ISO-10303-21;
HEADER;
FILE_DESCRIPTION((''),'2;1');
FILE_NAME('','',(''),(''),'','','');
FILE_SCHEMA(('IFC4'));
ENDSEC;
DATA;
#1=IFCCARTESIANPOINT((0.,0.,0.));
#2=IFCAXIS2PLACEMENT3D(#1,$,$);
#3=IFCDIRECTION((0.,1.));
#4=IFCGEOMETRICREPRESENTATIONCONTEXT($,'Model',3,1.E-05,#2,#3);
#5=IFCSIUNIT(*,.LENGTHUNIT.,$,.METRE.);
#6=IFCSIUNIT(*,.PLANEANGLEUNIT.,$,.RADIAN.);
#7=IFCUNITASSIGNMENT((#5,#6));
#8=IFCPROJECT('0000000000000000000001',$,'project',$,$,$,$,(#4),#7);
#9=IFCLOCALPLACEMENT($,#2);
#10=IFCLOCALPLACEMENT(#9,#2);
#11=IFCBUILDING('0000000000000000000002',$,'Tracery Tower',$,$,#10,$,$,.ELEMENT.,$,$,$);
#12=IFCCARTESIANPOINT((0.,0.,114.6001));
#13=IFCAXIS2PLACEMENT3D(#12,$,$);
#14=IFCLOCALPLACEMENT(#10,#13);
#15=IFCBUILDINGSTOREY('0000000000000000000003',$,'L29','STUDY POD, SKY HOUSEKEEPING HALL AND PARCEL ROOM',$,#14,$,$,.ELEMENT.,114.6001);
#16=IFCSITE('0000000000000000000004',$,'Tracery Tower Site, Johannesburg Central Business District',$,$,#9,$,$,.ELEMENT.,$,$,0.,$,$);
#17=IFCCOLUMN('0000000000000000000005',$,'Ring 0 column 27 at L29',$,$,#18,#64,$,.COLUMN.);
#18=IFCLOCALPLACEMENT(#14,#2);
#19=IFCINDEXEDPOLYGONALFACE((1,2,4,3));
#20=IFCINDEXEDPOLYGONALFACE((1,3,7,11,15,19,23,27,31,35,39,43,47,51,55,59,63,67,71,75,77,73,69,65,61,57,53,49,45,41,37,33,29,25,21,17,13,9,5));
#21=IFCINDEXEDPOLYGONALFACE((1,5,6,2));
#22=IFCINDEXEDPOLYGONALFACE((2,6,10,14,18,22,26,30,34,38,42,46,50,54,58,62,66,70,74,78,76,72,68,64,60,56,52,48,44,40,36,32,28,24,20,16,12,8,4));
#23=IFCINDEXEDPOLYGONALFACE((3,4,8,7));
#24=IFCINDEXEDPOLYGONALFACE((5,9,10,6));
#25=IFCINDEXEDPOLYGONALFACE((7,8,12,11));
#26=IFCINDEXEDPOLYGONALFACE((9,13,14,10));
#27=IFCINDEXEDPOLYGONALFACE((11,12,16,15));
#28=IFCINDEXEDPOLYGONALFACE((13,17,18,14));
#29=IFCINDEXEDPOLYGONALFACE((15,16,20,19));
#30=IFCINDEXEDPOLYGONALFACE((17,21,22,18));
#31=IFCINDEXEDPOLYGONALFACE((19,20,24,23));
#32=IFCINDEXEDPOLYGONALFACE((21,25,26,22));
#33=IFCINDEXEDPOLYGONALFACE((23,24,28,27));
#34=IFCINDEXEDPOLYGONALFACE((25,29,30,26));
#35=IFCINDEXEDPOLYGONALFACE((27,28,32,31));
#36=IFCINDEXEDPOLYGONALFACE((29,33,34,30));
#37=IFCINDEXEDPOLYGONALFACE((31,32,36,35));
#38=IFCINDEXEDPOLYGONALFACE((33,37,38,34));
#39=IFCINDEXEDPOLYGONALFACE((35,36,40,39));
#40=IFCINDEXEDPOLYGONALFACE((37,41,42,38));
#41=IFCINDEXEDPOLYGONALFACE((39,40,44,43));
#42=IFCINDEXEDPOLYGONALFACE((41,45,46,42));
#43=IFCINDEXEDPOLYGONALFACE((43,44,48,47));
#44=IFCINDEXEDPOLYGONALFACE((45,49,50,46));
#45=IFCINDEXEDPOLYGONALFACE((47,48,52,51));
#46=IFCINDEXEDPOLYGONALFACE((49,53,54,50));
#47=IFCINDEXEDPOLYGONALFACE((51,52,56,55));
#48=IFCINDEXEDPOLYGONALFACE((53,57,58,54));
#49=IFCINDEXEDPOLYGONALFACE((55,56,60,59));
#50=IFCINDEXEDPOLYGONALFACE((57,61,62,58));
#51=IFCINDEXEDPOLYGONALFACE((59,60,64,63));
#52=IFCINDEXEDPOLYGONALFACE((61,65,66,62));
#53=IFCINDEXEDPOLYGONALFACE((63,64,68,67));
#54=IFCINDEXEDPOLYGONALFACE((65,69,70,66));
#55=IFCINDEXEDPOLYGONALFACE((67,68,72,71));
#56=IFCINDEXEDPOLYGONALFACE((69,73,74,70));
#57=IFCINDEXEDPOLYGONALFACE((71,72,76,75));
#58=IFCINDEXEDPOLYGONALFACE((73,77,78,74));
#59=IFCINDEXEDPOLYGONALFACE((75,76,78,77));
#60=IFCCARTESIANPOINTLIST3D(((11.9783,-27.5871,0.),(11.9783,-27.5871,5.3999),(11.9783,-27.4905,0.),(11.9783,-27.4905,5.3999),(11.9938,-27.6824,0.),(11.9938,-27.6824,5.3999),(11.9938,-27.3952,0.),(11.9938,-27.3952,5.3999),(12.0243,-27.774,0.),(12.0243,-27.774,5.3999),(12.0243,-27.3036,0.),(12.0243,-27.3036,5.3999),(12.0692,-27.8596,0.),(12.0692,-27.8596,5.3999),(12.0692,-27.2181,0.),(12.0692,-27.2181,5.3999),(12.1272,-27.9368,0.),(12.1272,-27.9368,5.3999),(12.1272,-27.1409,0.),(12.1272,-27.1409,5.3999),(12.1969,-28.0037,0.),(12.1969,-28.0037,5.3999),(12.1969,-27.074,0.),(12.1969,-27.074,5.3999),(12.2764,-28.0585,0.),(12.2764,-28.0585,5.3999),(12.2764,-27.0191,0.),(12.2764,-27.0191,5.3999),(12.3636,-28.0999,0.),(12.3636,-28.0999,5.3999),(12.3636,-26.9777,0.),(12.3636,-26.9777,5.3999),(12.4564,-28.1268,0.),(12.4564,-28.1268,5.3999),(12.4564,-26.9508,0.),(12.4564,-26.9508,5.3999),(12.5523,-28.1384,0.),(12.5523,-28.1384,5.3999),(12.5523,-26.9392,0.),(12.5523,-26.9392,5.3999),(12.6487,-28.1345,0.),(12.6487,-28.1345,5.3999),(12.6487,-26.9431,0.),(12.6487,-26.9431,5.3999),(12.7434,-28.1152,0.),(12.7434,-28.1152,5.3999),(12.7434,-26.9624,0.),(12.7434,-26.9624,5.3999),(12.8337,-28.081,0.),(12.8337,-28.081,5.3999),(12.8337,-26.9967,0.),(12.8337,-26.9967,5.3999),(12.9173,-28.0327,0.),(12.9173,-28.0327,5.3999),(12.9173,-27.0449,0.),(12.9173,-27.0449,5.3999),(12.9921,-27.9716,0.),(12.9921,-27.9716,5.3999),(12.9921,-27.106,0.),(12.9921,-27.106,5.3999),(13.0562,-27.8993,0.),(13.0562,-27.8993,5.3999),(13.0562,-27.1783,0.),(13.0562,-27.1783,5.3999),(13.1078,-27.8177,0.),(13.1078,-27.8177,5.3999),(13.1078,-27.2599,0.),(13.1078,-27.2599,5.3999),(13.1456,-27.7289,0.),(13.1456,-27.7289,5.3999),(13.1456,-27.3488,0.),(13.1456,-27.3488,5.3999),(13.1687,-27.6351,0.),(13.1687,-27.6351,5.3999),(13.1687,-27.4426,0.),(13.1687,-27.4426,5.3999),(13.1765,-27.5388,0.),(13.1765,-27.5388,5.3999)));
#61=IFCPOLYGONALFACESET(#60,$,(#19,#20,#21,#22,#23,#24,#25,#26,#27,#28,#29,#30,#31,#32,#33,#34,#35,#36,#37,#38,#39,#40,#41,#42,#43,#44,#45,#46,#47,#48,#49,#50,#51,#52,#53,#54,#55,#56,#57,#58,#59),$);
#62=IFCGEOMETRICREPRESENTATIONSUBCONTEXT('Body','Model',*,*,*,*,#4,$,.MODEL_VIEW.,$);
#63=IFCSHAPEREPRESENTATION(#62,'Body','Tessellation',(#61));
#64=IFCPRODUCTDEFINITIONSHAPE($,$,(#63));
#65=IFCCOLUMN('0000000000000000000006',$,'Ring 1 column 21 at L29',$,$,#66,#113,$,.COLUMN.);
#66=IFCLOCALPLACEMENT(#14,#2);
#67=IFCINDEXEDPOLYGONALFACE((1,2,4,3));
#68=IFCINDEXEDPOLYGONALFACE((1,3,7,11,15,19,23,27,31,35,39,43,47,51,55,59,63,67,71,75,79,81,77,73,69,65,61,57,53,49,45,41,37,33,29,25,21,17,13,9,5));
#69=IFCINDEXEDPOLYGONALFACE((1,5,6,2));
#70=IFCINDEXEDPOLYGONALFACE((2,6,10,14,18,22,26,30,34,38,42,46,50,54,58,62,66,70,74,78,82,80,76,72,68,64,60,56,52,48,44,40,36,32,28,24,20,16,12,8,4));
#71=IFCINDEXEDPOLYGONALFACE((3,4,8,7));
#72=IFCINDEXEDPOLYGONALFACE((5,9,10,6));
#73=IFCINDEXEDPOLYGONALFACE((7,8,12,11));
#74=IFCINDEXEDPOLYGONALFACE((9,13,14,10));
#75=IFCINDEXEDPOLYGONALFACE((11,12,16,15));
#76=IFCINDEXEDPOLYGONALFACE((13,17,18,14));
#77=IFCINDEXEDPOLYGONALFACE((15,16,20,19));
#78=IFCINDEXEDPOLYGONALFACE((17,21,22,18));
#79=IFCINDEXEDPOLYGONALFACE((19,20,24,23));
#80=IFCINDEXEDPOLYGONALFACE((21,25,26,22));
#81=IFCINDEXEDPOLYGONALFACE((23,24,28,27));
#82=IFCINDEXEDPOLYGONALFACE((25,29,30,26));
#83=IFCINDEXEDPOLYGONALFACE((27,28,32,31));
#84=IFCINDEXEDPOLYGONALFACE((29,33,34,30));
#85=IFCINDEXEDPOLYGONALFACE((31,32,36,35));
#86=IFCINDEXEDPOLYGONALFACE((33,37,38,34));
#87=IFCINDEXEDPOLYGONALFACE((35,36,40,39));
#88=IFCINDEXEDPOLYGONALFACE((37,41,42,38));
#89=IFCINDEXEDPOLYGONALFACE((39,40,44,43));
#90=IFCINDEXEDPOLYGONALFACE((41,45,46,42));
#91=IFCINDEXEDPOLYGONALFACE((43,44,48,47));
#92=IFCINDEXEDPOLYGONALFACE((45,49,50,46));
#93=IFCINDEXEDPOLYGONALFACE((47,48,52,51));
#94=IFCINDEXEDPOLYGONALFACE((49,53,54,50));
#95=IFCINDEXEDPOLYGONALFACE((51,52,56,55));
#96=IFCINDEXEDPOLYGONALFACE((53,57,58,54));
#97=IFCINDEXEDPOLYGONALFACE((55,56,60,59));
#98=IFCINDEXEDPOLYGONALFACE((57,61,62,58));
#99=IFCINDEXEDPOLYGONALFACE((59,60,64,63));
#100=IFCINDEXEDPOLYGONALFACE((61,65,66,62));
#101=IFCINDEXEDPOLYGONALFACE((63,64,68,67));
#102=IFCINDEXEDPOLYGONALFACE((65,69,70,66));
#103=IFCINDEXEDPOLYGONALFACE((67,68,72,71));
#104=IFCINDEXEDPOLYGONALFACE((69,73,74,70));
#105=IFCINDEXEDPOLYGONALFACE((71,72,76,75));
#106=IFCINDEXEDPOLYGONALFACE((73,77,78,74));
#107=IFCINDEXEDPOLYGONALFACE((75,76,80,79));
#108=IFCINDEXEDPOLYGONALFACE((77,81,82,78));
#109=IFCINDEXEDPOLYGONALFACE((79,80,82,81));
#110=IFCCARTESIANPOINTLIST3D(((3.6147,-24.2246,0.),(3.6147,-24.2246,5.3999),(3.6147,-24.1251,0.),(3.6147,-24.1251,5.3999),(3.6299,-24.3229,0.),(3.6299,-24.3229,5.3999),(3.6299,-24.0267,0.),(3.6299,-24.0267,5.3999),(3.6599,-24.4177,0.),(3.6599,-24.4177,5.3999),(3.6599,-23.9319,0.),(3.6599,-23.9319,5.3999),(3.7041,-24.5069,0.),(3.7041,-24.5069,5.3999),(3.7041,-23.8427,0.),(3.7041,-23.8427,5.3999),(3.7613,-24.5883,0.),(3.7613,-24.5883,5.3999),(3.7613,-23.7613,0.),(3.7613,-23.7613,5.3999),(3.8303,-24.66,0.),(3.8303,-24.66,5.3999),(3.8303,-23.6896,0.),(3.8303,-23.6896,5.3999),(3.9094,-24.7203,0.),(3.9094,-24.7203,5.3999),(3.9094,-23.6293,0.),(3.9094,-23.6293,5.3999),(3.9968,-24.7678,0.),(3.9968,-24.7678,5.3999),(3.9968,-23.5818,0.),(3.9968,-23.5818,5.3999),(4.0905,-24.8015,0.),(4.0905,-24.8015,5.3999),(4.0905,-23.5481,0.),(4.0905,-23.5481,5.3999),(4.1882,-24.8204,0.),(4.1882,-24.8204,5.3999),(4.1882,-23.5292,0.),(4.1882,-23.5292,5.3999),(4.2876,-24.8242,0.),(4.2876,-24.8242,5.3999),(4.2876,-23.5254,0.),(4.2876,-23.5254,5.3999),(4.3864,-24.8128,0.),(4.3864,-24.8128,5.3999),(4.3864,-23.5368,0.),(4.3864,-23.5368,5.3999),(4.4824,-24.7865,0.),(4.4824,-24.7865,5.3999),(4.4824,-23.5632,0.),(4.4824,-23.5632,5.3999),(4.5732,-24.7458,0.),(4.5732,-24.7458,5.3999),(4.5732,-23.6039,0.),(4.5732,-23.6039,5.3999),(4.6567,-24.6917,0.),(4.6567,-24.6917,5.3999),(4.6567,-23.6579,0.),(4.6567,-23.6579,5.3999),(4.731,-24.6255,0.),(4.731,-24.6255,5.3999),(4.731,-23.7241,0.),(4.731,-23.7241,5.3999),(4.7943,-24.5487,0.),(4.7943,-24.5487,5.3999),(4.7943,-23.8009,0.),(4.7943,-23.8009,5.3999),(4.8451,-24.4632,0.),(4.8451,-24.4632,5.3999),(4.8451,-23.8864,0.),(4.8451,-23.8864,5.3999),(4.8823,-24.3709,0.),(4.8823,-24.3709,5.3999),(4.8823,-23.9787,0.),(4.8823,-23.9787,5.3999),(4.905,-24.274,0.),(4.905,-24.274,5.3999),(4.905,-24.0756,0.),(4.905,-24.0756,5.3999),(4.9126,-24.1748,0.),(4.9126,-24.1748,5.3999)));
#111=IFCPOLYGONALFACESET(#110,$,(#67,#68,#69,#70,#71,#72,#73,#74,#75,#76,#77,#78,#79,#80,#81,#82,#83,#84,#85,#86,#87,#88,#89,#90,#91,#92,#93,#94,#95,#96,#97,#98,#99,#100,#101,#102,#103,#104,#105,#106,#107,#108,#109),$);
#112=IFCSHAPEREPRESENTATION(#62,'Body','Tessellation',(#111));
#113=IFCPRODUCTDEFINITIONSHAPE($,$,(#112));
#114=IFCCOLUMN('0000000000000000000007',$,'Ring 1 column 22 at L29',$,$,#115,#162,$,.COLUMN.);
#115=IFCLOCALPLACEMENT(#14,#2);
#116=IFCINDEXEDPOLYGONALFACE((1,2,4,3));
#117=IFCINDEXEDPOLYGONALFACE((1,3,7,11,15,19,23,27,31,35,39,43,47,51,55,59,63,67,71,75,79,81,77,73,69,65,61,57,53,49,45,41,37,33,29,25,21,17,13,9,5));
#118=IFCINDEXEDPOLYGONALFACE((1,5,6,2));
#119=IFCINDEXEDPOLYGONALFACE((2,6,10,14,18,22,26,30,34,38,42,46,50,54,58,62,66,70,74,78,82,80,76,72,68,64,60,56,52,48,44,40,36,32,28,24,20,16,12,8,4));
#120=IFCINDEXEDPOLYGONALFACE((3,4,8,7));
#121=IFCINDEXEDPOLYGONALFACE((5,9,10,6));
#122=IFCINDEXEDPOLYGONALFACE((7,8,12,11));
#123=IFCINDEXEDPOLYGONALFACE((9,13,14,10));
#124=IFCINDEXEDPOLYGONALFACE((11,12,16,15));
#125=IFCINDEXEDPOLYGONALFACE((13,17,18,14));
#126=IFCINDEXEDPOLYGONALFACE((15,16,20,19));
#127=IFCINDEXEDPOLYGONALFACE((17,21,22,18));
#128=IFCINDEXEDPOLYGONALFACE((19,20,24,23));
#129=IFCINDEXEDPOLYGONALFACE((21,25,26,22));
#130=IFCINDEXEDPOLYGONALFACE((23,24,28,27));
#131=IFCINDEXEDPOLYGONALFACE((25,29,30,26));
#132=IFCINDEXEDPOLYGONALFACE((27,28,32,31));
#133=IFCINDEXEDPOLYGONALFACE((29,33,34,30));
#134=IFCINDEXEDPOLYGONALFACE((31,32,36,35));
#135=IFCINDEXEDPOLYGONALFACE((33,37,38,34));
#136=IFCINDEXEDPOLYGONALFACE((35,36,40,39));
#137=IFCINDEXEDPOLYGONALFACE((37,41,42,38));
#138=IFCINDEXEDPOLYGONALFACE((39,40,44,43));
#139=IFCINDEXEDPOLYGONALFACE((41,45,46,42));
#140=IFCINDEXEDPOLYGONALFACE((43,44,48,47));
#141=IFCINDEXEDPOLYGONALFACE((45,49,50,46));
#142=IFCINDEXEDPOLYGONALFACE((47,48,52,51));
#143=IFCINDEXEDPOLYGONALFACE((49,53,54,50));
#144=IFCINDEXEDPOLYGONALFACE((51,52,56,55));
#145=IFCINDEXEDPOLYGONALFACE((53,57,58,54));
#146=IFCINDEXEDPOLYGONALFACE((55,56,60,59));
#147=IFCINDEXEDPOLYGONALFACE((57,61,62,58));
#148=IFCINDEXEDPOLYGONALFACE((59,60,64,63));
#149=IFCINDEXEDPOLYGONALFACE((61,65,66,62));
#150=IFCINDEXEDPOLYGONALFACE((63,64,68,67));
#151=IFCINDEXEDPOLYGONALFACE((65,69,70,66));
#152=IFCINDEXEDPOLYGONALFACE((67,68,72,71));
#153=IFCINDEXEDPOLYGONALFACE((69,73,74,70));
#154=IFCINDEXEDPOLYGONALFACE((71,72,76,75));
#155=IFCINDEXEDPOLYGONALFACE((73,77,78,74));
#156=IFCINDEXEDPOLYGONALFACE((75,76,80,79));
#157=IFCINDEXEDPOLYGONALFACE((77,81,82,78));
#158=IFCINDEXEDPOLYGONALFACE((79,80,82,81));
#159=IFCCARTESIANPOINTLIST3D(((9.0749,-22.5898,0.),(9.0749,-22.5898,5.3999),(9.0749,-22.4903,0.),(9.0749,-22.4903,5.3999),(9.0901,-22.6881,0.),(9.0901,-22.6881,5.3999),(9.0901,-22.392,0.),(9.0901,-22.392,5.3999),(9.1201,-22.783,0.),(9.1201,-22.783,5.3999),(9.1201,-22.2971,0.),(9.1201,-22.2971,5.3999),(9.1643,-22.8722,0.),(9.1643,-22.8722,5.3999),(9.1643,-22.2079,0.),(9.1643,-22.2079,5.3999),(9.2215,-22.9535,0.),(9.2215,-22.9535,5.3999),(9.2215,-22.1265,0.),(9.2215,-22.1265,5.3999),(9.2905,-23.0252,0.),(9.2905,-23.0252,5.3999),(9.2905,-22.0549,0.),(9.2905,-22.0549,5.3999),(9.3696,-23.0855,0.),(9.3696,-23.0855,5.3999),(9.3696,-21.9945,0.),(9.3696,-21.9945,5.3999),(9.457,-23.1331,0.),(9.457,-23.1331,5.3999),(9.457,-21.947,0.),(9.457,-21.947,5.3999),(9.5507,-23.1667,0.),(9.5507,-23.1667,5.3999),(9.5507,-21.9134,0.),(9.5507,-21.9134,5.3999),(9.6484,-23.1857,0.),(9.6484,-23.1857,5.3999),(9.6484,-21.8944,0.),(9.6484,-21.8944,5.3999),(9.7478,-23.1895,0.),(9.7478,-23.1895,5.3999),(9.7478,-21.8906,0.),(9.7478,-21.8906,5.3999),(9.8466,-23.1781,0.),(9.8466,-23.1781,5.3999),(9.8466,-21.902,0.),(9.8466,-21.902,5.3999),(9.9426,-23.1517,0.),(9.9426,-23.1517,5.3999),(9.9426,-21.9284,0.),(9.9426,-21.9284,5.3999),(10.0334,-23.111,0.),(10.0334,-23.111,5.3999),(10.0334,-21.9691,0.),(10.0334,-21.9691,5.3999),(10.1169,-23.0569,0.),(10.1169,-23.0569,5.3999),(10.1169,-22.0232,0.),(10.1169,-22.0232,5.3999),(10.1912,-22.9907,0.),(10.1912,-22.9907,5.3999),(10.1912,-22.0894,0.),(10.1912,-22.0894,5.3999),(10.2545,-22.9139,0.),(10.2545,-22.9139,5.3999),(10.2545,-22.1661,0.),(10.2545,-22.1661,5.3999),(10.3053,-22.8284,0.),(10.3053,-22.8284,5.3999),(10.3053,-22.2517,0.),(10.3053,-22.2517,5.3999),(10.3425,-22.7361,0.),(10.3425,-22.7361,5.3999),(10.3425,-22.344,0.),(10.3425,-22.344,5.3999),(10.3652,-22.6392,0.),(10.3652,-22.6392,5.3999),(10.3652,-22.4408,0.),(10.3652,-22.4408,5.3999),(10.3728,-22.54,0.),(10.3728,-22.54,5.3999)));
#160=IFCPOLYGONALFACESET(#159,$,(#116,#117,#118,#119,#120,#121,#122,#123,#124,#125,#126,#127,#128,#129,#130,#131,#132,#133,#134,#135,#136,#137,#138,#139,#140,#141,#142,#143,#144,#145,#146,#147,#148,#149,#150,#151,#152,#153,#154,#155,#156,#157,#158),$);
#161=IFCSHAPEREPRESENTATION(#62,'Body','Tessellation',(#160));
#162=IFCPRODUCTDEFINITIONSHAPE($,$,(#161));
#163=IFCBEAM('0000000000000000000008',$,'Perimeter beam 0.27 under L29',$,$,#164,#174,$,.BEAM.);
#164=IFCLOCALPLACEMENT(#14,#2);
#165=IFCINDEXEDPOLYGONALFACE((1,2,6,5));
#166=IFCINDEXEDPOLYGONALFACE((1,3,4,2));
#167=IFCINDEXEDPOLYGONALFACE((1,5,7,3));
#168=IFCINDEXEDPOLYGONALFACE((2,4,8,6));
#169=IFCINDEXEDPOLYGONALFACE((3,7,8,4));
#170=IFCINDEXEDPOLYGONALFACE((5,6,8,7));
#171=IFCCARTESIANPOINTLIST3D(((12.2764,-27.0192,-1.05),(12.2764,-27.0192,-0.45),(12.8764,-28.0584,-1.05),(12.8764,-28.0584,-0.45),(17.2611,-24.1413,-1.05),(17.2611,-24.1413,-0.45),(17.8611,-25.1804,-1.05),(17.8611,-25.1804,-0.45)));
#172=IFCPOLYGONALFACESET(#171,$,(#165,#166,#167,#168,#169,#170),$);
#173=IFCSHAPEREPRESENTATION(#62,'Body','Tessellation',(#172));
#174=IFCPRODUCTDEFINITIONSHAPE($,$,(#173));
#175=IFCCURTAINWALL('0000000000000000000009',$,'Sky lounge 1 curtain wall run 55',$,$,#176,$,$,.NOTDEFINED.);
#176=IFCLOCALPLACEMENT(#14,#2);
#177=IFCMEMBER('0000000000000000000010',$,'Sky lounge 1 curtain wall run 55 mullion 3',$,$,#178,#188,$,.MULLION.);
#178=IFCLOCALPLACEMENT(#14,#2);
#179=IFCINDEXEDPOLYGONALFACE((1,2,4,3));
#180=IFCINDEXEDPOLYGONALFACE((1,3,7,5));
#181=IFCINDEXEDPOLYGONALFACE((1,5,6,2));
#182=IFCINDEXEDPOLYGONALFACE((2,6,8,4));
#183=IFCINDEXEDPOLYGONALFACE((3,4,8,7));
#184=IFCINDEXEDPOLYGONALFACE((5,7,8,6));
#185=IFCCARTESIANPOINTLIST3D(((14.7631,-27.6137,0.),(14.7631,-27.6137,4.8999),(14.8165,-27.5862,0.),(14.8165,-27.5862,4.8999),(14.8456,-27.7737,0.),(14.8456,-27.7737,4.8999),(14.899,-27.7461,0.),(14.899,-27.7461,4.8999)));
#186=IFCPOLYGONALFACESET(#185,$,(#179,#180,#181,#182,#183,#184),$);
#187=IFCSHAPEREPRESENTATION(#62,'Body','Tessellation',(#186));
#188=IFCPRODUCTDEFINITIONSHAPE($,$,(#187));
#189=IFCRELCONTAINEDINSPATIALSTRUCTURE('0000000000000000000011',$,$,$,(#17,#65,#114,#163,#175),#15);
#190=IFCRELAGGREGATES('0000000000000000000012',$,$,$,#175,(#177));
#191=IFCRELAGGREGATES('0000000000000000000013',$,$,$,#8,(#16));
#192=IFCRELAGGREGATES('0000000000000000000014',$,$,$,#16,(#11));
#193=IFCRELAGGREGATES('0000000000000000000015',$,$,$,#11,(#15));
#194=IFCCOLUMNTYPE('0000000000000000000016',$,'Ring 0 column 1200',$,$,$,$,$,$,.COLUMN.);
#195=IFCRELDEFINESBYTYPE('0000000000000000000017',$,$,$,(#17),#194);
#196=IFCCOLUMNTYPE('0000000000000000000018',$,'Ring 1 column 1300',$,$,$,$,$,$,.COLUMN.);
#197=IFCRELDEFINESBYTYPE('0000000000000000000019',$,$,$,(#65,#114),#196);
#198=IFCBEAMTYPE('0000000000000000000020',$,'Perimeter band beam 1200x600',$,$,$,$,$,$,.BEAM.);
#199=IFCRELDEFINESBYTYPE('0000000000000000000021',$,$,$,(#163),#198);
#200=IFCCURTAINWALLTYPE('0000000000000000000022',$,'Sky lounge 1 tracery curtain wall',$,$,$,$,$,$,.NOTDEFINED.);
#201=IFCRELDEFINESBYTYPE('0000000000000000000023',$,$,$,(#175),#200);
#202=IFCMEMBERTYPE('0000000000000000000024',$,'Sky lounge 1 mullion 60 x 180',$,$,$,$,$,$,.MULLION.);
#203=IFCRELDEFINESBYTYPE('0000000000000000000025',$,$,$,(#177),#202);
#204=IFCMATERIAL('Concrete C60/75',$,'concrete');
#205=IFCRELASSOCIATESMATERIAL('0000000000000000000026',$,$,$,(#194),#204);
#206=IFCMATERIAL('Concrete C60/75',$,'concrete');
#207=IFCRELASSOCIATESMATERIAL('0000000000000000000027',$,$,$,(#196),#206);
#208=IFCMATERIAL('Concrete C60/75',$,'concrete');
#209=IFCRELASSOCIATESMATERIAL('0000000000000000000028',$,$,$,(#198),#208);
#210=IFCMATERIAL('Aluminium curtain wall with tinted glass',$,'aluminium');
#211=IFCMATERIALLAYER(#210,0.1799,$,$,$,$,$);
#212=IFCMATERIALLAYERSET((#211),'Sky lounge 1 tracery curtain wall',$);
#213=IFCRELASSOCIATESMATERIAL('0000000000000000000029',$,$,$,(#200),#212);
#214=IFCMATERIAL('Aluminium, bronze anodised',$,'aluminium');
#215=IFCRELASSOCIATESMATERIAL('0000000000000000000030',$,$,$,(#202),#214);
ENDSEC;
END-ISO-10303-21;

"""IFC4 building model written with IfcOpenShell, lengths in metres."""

from ifc_helpers import new_model, si_unit, direction, frame, origin, origin_2d, place, context, subcontext, project, spatial, rectangle, circle, extrude, material, layer, layer_set, material_profile, profile_set, type_object, element, aggregate, save


model = new_model("IFC4")

# Units and contexts
model_context = context("Model", 3, precision=1e-05, world=origin(), true_north=direction((0.0, 1.0)))
body_context = subcontext(model_context, "Body", "Model", "MODEL_VIEW")
ifc_project = project(units=[si_unit("LENGTHUNIT", "METRE"), si_unit("PLANEANGLEUNIT", "RADIAN")], contexts=[model_context])

# Site, building, storey
site_placement = place(None, origin())
site = spatial("IfcSite", under=ifc_project, at=site_placement, Name="Tracery Tower Site, Johannesburg Central Business District", CompositionType="ELEMENT", RefElevation=0.0)
building_placement = place(site_placement, origin())
building = spatial("IfcBuilding", under=site, at=building_placement, Name="Tracery Tower", CompositionType="ELEMENT")
storey_placement = place(building_placement, frame((0.0, 0.0, 114.6001)))
storey = spatial("IfcBuildingStorey", under=building, at=storey_placement, Name="L29", Description="STUDY POD, SKY HOUSEKEEPING HALL AND PARCEL ROOM", CompositionType="ELEMENT", Elevation=114.6001)

# Columns
ifc_material_1 = material(Name="Concrete C60/75", Category="concrete")
ifc_material_profile_1 = material_profile(ifc_material_1, circle(Radius=0.6001, at=origin_2d()), Name="RC D1200")
ifc_profile_set_1 = profile_set([ifc_material_profile_1], Name="Concrete C60/75")
column_type_1 = type_object("IfcColumnType", Name="Ring 0 column 1200", PredefinedType="COLUMN", material=ifc_profile_set_1)
column_placement = place(storey_placement, frame((12.5764, -27.5388, 0.0), z_axis=(0.0, 0.0, 1.0), x_axis=(1.0, 0.0, 0.0)))
element("IfcColumn", 1, at=column_placement, inside=storey, type_object=column_type_1, Name="Ring 0 column 27 at L29", PredefinedType="COLUMN", context=body_context, shape_type="SweptSolid", body=[
    extrude(circle(Radius=0.6001, at=origin_2d()), origin(), (0.0, 0.0, 1.0), 5.3999),
])
ifc_material_2 = material(Name="Concrete C60/75", Category="concrete")
ifc_material_profile_2 = material_profile(ifc_material_2, circle(Radius=0.6499, at=origin_2d()), Name="RC D1300")
ifc_profile_set_2 = profile_set([ifc_material_profile_2], Name="Concrete C60/75")
column_type_2 = type_object("IfcColumnType", Name="Ring 1 column 1300", PredefinedType="COLUMN", material=ifc_profile_set_2)
for number, where, z_axis, x_axis, name in (
    (2, (4.2627, -24.1748, 0.0), (0.0, 0.0, 1.0), (1.0, 0.0, 0.0), "Ring 1 column 21 at L29"),
    (3, (9.7229, -22.54, 0.0), (0.0, 0.0, 1.0), (1.0, 0.0, 0.0), "Ring 1 column 22 at L29"),
):
    element("IfcColumn", number, at=place(storey_placement, frame(where, z_axis=z_axis, x_axis=x_axis)), inside=storey, type_object=column_type_2, Name=name, PredefinedType="COLUMN", context=body_context, shape_type="SweptSolid", body=[
        extrude(circle(Radius=0.6499, at=origin_2d()), origin(), (0.0, 0.0, 1.0), 5.3999),
    ])

# Beam
ifc_material_3 = material(Name="Concrete C60/75", Category="concrete")
ifc_material_profile_3 = material_profile(ifc_material_3, rectangle(XDim=1.2, YDim=0.6001, at=origin_2d()), Name="RC 1200x600")
ifc_profile_set_3 = profile_set([ifc_material_profile_3], Name="Concrete C60/75")
beam_type = type_object("IfcBeamType", Name="Perimeter band beam 1200x600", PredefinedType="BEAM", material=ifc_profile_set_3)
beam_placement = place(storey_placement, frame((12.5764, -27.5388, -0.75), z_axis=(0.866021, 0.500008, 0.0), x_axis=(-0.500008, 0.866021, 0.0)))
element("IfcBeam", 4, at=beam_placement, inside=storey, type_object=beam_type, Name="Perimeter beam 0.27 under L29", PredefinedType="BEAM", context=body_context, shape_type="SweptSolid", body=[
    extrude(rectangle(XDim=1.2, YDim=0.6001, at=origin_2d()), origin(), (0.0, 0.0, 1.0), 5.7559),
])

# Curtain wall, member
ifc_material_4 = material(Name="Aluminium curtain wall with tinted glass", Category="aluminium")
ifc_layer_1 = layer(ifc_material_4, 0.1799)
ifc_layer_set_1 = layer_set([ifc_layer_1], Name="Sky lounge 1 tracery curtain wall")
curtain_wall_type = type_object("IfcCurtainWallType", Name="Sky lounge 1 tracery curtain wall", PredefinedType="NOTDEFINED", material=ifc_layer_set_1)
curtain_wall_placement = place(storey_placement, origin())
curtain_wall = element("IfcCurtainWall", 5, at=curtain_wall_placement, inside=storey, type_object=curtain_wall_type, Name="Sky lounge 1 curtain wall run 55", PredefinedType="NOTDEFINED")
ifc_material_5 = material(Name="Aluminium, bronze anodised", Category="aluminium")
ifc_material_profile_4 = material_profile(ifc_material_5, rectangle(XDim=0.1799, YDim=0.0601, at=origin_2d()), Name="AL 60x180")
ifc_profile_set_4 = profile_set([ifc_material_profile_4], Name="Aluminium, bronze anodised")
member_type = type_object("IfcMemberType", Name="Sky lounge 1 mullion 60 x 180", PredefinedType="MULLION", material=ifc_profile_set_4)
member_placement = place(storey_placement, frame((14.8311, -27.6799, 0.0), z_axis=(0.0, 0.0, 1.0), x_axis=(-0.458227, 0.888835, 0.0)))
member = element("IfcMember", 6, at=member_placement, type_object=member_type, Name="Sky lounge 1 curtain wall run 55 mullion 3", PredefinedType="MULLION", context=body_context, shape_type="SweptSolid", body=[
    extrude(rectangle(XDim=0.1799, YDim=0.0601, at=origin_2d()), origin(), (0.0, 0.0, 1.0), 4.8999),
])
aggregate(curtain_wall, [member])

save(model, "model.ifc")
